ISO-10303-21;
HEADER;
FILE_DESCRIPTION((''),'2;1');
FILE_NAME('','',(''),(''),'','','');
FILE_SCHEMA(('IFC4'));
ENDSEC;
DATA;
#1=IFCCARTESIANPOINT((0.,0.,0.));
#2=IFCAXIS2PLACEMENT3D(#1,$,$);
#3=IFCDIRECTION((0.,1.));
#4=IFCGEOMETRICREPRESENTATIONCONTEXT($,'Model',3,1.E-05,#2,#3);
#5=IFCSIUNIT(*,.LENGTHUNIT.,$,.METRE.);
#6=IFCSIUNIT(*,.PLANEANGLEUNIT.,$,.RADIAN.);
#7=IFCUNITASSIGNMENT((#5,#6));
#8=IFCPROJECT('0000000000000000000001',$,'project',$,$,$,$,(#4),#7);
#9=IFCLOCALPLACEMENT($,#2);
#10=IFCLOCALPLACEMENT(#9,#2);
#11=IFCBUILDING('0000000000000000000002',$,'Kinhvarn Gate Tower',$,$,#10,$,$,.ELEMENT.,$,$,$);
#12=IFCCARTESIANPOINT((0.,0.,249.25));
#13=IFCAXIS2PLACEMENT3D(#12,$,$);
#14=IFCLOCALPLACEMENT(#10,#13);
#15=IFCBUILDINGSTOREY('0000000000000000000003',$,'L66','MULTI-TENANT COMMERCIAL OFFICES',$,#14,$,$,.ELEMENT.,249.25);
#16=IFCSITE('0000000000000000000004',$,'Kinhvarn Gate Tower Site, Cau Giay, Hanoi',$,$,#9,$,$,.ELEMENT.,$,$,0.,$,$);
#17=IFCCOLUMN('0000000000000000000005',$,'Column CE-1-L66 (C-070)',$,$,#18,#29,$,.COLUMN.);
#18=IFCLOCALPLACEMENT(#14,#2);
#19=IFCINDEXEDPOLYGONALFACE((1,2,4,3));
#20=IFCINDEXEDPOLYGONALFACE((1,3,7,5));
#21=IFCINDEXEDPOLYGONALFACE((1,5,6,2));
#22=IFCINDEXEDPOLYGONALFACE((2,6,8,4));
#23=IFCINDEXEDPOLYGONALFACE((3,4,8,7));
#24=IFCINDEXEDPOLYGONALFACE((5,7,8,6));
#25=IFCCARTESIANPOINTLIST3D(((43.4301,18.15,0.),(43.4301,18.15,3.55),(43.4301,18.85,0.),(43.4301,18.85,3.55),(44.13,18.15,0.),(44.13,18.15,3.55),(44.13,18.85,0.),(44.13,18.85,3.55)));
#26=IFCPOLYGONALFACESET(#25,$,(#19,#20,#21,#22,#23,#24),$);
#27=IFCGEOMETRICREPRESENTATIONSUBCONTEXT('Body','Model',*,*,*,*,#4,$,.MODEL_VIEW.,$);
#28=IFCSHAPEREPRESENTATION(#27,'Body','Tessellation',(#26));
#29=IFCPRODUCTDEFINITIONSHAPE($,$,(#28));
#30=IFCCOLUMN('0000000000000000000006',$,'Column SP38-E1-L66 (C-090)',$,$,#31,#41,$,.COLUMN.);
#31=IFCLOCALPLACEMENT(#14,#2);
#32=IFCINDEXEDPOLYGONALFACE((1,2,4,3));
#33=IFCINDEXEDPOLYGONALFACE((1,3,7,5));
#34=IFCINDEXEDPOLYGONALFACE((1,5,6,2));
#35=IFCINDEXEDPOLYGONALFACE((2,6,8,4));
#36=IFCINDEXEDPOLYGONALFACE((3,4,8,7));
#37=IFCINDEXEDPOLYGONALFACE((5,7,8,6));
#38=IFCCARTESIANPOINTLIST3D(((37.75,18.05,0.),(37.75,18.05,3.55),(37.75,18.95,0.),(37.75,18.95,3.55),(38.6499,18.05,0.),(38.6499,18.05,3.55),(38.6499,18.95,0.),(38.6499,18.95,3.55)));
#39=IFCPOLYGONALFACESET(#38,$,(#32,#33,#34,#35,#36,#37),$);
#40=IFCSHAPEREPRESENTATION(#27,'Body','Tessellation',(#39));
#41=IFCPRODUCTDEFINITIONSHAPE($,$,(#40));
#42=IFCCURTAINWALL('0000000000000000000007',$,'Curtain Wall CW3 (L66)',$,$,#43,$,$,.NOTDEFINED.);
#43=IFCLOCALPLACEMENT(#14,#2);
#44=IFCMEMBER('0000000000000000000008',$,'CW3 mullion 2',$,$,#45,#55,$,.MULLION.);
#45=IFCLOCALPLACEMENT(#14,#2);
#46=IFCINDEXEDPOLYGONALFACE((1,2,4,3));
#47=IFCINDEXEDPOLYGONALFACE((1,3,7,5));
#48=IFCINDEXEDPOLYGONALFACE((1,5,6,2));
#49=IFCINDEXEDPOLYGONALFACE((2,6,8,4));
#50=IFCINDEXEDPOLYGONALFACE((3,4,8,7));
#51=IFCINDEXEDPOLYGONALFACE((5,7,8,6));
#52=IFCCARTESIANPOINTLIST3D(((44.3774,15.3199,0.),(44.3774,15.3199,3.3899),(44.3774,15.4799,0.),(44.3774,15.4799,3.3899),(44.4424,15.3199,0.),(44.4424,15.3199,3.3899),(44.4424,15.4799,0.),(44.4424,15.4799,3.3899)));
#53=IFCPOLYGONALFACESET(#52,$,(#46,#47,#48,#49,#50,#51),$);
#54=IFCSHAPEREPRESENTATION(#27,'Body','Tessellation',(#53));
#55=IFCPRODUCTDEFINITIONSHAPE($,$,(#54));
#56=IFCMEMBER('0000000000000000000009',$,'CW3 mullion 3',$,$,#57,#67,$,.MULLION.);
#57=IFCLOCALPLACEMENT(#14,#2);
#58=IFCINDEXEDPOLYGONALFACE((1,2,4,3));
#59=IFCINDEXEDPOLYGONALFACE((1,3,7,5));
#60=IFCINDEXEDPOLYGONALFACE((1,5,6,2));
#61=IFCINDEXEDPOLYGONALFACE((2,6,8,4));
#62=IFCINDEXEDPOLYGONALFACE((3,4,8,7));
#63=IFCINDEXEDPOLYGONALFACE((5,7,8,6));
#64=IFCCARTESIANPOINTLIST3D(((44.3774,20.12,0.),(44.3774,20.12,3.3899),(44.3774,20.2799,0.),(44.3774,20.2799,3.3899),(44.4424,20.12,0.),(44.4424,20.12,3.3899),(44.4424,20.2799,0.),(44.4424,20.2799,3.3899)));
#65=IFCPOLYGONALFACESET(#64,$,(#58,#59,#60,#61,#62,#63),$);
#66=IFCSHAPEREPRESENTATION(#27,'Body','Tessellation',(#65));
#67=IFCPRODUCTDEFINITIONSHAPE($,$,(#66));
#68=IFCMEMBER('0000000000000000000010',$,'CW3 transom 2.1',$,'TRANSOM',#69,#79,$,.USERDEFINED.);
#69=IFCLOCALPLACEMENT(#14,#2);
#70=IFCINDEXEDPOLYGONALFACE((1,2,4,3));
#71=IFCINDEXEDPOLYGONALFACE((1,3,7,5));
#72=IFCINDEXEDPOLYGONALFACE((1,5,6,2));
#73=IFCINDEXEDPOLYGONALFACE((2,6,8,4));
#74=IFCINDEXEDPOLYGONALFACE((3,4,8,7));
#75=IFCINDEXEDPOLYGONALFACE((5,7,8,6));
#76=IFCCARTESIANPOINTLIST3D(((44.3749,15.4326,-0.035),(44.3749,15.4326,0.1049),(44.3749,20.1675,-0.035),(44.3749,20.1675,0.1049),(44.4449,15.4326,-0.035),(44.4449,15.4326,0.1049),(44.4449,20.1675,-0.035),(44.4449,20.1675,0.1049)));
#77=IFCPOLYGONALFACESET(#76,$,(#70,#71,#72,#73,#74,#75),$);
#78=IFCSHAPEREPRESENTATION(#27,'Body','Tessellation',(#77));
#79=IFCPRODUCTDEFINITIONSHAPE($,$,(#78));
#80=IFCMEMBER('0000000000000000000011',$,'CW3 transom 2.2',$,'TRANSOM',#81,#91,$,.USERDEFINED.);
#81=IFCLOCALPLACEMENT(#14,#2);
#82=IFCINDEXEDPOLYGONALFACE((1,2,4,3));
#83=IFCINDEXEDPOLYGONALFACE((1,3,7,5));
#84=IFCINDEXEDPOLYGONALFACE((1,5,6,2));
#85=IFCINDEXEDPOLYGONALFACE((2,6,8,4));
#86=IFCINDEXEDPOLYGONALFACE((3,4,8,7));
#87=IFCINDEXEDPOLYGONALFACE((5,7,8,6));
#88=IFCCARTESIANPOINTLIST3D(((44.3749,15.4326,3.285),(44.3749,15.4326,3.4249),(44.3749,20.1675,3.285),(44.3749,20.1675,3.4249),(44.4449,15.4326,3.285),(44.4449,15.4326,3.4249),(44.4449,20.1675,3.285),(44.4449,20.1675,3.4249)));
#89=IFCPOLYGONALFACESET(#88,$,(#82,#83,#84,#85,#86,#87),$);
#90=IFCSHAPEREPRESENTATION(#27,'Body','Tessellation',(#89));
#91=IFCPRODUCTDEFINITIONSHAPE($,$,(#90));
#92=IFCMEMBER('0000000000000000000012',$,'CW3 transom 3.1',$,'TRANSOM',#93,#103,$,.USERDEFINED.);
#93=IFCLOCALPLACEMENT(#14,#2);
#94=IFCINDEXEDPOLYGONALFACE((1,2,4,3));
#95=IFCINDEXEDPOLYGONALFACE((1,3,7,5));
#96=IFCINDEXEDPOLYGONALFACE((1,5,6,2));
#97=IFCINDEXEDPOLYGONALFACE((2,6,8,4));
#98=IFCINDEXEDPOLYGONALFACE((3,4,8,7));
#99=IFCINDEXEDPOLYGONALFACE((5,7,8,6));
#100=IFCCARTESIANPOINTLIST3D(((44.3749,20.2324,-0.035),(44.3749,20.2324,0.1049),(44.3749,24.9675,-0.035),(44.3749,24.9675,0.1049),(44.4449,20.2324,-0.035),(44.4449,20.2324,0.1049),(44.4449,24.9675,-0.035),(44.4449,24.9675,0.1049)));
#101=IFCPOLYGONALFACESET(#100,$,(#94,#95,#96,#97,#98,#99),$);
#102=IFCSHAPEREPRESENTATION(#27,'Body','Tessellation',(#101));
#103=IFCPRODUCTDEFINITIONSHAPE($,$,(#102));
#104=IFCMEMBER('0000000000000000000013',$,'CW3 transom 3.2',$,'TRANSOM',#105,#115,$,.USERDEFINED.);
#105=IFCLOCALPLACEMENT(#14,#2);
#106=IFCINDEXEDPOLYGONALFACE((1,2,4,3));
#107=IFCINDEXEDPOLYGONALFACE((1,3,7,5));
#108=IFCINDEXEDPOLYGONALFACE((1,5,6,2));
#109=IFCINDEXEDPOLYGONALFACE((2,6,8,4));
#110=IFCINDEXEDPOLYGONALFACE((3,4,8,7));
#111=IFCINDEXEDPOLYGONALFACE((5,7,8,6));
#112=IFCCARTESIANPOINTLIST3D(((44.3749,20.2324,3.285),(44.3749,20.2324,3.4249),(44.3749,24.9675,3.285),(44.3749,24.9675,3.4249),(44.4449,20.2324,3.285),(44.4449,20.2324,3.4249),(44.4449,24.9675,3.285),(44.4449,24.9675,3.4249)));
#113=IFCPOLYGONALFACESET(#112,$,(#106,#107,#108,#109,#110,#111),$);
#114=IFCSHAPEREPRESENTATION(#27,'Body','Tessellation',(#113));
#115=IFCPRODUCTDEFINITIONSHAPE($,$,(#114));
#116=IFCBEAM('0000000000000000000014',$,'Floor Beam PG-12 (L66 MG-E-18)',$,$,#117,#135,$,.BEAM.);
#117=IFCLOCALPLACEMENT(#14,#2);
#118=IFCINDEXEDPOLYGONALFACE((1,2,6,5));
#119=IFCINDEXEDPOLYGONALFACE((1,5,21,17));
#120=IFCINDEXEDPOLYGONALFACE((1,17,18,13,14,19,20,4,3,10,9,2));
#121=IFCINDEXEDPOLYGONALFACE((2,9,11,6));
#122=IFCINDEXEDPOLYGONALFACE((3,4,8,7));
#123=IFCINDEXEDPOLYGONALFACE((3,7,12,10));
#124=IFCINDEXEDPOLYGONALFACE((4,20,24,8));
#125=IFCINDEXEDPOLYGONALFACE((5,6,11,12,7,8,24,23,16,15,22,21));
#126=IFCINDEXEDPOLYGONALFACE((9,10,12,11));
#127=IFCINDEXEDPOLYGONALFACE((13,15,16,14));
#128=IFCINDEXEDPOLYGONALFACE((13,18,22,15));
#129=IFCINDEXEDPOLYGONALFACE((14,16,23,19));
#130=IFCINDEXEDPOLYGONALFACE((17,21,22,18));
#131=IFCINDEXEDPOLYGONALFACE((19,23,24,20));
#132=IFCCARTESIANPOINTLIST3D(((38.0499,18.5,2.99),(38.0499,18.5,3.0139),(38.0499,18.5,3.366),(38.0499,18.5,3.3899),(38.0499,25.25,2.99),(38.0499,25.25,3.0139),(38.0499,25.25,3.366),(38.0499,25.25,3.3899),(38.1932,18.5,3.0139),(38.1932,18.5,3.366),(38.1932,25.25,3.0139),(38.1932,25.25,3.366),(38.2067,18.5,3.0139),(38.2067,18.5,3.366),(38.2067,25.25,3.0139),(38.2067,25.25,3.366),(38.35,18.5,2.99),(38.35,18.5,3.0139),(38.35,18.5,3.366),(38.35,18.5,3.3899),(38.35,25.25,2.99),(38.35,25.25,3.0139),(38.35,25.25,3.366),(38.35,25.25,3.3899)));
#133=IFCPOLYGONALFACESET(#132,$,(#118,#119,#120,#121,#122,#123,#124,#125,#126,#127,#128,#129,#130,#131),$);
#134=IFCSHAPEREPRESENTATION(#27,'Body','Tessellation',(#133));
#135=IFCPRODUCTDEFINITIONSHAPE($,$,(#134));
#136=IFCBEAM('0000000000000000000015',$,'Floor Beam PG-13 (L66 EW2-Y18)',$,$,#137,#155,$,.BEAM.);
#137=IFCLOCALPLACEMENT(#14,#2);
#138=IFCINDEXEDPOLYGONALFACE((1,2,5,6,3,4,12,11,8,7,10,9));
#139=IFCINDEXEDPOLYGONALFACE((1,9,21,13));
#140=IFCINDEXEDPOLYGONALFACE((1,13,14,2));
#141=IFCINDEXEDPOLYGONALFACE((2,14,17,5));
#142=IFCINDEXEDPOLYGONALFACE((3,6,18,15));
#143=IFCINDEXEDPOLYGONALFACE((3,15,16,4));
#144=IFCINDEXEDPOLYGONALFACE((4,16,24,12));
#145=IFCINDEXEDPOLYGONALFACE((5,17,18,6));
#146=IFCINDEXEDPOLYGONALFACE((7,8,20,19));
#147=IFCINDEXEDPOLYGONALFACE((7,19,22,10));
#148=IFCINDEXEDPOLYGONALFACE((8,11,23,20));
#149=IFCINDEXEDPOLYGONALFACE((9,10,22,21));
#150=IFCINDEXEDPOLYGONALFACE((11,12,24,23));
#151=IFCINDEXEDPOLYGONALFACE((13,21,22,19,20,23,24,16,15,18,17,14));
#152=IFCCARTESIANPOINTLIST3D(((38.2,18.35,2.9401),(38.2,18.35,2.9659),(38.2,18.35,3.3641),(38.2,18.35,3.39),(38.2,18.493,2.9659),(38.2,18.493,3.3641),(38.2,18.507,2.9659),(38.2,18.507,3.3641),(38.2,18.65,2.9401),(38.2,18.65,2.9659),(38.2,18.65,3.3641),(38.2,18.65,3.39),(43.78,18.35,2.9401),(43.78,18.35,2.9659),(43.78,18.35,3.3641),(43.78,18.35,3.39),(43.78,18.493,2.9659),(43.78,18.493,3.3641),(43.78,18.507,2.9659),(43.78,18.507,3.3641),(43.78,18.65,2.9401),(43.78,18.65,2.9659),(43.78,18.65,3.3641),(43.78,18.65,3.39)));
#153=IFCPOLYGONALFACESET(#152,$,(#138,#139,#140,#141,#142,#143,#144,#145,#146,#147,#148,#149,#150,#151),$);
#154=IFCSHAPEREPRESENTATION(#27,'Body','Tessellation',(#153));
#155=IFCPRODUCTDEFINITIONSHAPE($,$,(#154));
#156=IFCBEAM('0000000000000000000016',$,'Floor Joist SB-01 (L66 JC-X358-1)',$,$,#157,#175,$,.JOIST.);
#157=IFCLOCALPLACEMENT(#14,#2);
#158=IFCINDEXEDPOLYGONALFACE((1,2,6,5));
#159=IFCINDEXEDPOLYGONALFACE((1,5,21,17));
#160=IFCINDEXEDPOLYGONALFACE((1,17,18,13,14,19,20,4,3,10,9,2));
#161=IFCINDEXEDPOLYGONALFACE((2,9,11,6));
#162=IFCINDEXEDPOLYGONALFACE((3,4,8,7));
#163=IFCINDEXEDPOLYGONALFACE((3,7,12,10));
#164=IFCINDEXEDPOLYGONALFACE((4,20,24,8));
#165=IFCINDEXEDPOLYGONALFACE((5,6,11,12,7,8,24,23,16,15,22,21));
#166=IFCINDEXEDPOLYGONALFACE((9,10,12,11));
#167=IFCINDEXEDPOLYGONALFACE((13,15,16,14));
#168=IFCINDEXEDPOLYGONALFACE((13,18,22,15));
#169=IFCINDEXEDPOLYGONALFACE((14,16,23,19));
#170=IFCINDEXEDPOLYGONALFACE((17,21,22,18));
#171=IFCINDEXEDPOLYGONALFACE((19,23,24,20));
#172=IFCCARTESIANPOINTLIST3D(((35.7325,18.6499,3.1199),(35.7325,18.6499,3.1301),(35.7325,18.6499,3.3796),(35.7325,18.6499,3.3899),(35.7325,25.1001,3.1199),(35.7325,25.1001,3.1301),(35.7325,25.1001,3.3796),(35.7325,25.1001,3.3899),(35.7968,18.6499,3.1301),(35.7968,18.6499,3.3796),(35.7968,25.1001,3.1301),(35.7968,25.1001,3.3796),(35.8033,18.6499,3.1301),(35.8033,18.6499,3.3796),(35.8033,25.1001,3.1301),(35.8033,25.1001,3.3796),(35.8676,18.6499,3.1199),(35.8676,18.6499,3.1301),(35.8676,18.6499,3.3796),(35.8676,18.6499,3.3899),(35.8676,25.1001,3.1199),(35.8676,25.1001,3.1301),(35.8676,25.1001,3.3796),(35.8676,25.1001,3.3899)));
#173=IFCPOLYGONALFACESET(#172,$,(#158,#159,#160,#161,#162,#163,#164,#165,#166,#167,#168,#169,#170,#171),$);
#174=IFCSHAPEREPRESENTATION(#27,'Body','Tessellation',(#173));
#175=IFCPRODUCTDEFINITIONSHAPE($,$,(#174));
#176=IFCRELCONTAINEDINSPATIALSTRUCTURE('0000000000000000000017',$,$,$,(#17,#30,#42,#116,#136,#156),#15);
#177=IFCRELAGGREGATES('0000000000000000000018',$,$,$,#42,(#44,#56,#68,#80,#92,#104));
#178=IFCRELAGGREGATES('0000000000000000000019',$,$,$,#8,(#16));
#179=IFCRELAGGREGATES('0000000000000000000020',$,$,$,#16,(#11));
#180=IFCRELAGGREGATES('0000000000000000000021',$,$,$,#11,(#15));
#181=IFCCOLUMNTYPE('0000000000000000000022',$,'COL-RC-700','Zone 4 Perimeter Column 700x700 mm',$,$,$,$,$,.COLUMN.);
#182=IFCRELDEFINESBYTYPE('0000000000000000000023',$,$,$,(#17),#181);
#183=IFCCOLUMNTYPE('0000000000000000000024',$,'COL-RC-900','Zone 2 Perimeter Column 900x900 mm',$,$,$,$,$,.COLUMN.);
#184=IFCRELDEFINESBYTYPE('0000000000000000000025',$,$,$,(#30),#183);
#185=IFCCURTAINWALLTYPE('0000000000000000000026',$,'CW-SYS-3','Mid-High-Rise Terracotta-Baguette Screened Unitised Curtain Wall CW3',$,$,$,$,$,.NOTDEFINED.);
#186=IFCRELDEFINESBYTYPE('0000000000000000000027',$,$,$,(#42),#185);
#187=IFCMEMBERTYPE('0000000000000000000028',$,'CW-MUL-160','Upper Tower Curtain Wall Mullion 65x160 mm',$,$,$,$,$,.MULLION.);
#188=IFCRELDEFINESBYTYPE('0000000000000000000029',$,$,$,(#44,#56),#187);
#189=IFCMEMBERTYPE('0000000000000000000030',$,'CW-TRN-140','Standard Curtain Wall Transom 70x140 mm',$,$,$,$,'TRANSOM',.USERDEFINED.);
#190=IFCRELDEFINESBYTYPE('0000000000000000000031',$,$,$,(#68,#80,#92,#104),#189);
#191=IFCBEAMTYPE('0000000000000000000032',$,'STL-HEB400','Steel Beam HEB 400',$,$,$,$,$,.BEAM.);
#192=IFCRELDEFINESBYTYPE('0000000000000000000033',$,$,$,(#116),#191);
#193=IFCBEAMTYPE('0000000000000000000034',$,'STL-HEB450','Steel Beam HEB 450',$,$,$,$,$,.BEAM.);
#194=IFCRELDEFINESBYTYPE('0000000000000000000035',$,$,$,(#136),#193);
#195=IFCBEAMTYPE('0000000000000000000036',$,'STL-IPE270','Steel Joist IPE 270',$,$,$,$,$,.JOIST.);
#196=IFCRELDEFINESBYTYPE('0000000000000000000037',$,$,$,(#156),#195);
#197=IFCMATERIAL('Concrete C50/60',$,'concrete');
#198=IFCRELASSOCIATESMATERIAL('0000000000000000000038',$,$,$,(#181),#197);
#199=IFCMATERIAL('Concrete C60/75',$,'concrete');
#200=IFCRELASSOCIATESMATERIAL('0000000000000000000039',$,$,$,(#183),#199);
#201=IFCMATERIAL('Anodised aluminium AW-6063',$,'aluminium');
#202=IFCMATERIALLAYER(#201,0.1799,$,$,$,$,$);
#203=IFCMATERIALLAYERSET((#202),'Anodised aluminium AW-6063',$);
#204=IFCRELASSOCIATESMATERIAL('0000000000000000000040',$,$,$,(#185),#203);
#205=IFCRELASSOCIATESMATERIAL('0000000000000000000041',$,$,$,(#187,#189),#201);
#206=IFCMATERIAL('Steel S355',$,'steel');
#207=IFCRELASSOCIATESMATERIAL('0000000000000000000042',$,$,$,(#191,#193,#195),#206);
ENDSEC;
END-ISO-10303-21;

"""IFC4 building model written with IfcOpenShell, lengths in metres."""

from ifc_helpers import new_model, si_unit, direction, frame, origin, origin_2d, place, context, subcontext, project, spatial, rectangle, i_section, extrude, material, layer, layer_set, material_profile, profile_set, type_object, element, aggregate, save


model = new_model("IFC4")

# Units and contexts
model_context = context("Model", 3, precision=1e-05, world=origin(), true_north=direction((0.0, 1.0)))
body_context = subcontext(model_context, "Body", "Model", "MODEL_VIEW")
ifc_project = project(units=[si_unit("LENGTHUNIT", "METRE"), si_unit("PLANEANGLEUNIT", "RADIAN")], contexts=[model_context])

# Site, building, storey
site_placement = place(None, origin())
site = spatial("IfcSite", under=ifc_project, at=site_placement, Name="Kinhvarn Gate Tower Site, Cau Giay, Hanoi", CompositionType="ELEMENT", RefElevation=0.0)
building_placement = place(site_placement, origin())
building = spatial("IfcBuilding", under=site, at=building_placement, Name="Kinhvarn Gate Tower", CompositionType="ELEMENT")
storey_placement = place(building_placement, frame((0.0, 0.0, 249.25)))
storey = spatial("IfcBuildingStorey", under=building, at=storey_placement, Name="L66", Description="MULTI-TENANT COMMERCIAL OFFICES", CompositionType="ELEMENT", Elevation=249.25)

# Columns
ifc_material_1 = material(Name="Concrete C50/60", Category="concrete")
ifc_material_profile_1 = material_profile(ifc_material_1, rectangle(XDim=0.7, YDim=0.7, at=origin_2d()), Name="RC 700x700")
ifc_profile_set_1 = profile_set([ifc_material_profile_1], Name="Concrete C50/60")
column_type_1 = type_object("IfcColumnType", Name="COL-RC-700", Description="Zone 4 Perimeter Column 700x700 mm", PredefinedType="COLUMN", material=ifc_profile_set_1)
column_1_placement = place(storey_placement, frame((43.78, 18.5, 0.0), z_axis=(0.0, 0.0, 1.0), x_axis=(1.0, 0.0, 0.0)))
element("IfcColumn", 1, at=column_1_placement, inside=storey, type_object=column_type_1, Name="Column CE-1-L66 (C-070)", PredefinedType="COLUMN", context=body_context, shape_type="SweptSolid", body=[
    extrude(rectangle(XDim=0.7, YDim=0.7, at=origin_2d()), origin(), (0.0, 0.0, 1.0), 3.55),
])
ifc_material_2 = material(Name="Concrete C60/75", Category="concrete")
ifc_material_profile_2 = material_profile(ifc_material_2, rectangle(XDim=0.8999, YDim=0.8999, at=origin_2d()), Name="RC 900x900")
ifc_profile_set_2 = profile_set([ifc_material_profile_2], Name="Concrete C60/75")
column_type_2 = type_object("IfcColumnType", Name="COL-RC-900", Description="Zone 2 Perimeter Column 900x900 mm", PredefinedType="COLUMN", material=ifc_profile_set_2)
column_2_placement = place(storey_placement, frame((38.2, 18.5, 0.0), z_axis=(0.0, 0.0, 1.0), x_axis=(1.0, 0.0, 0.0)))
element("IfcColumn", 2, at=column_2_placement, inside=storey, type_object=column_type_2, Name="Column SP38-E1-L66 (C-090)", PredefinedType="COLUMN", context=body_context, shape_type="SweptSolid", body=[
    extrude(rectangle(XDim=0.8999, YDim=0.8999, at=origin_2d()), origin(), (0.0, 0.0, 1.0), 3.55),
])

# Curtain wall, members
ifc_material_3 = material(Name="Anodised aluminium AW-6063", Category="aluminium")
ifc_layer_1 = layer(ifc_material_3, 0.1799)
ifc_layer_set_1 = layer_set([ifc_layer_1], Name="Anodised aluminium AW-6063")
curtain_wall_type = type_object("IfcCurtainWallType", Name="CW-SYS-3", Description="Mid-High-Rise Terracotta-Baguette Screened Unitised Curtain Wall CW3", PredefinedType="NOTDEFINED", material=ifc_layer_set_1)
curtain_wall_placement = place(storey_placement, origin())
curtain_wall = element("IfcCurtainWall", 3, at=curtain_wall_placement, inside=storey, type_object=curtain_wall_type, Name="Curtain Wall CW3 (L66)", PredefinedType="NOTDEFINED")
ifc_material_profile_3 = material_profile(ifc_material_3, rectangle(XDim=0.0649, YDim=0.1599, at=origin_2d()), Name="ALU 65x160")
ifc_profile_set_3 = profile_set([ifc_material_profile_3], Name="Anodised aluminium AW-6063")
member_type_1 = type_object("IfcMemberType", Name="CW-MUL-160", Description="Upper Tower Curtain Wall Mullion 65x160 mm", PredefinedType="MULLION", material=ifc_profile_set_3)
member_1_placement = place(storey_placement, frame((44.4099, 15.3999, 0.0), z_axis=(0.0, 0.0, 1.0), x_axis=(-1.0, 0.0, 0.0)))
member_1 = element("IfcMember", 4, at=member_1_placement, type_object=member_type_1, Name="CW3 mullion 2", PredefinedType="MULLION", context=body_context, shape_type="SweptSolid", body=[
    extrude(rectangle(XDim=0.0649, YDim=0.1599, at=origin_2d()), origin(), (0.0, 0.0, 1.0), 3.3899),
])
member_2_placement = place(storey_placement, frame((44.4099, 20.2, 0.0), z_axis=(0.0, 0.0, 1.0), x_axis=(-1.0, 0.0, 0.0)))
member_2 = element("IfcMember", 5, at=member_2_placement, type_object=member_type_1, Name="CW3 mullion 3", PredefinedType="MULLION", context=body_context, shape_type="SweptSolid", body=[
    extrude(rectangle(XDim=0.0649, YDim=0.1599, at=origin_2d()), origin(), (0.0, 0.0, 1.0), 3.3899),
])
ifc_material_profile_4 = material_profile(ifc_material_3, rectangle(XDim=0.0701, YDim=0.1399, at=origin_2d()), Name="ALU 70x140")
ifc_profile_set_4 = profile_set([ifc_material_profile_4], Name="Anodised aluminium AW-6063")
member_type_2 = type_object("IfcMemberType", Name="CW-TRN-140", Description="Standard Curtain Wall Transom 70x140 mm", ElementType="TRANSOM", PredefinedType="USERDEFINED", material=ifc_profile_set_4)
member_3_placement = place(storey_placement, frame((44.4099, 15.4326, 0.0349), z_axis=(0.0, 1.0, 0.0), x_axis=(-1.0, 0.0, 0.0)))
member_3 = element("IfcMember", 6, at=member_3_placement, type_object=member_type_2, Name="CW3 transom 2.1", ObjectType="TRANSOM", PredefinedType="USERDEFINED", context=body_context, shape_type="SweptSolid", body=[
    extrude(rectangle(XDim=0.0701, YDim=0.1399, at=origin_2d()), origin(), (0.0, 0.0, 1.0), 4.7349),
])
member_4_placement = place(storey_placement, frame((44.4099, 15.4326, 3.355), z_axis=(0.0, 1.0, 0.0), x_axis=(-1.0, 0.0, 0.0)))
member_4 = element("IfcMember", 7, at=member_4_placement, type_object=member_type_2, Name="CW3 transom 2.2", ObjectType="TRANSOM", PredefinedType="USERDEFINED", context=body_context, shape_type="SweptSolid", body=[
    extrude(rectangle(XDim=0.0701, YDim=0.1399, at=origin_2d()), origin(), (0.0, 0.0, 1.0), 4.7349),
])
member_5_placement = place(storey_placement, frame((44.4099, 20.2324, 0.0349), z_axis=(0.0, 1.0, 0.0), x_axis=(-1.0, 0.0, 0.0)))
member_5 = element("IfcMember", 8, at=member_5_placement, type_object=member_type_2, Name="CW3 transom 3.1", ObjectType="TRANSOM", PredefinedType="USERDEFINED", context=body_context, shape_type="SweptSolid", body=[
    extrude(rectangle(XDim=0.0701, YDim=0.1399, at=origin_2d()), origin(), (0.0, 0.0, 1.0), 4.7351),
])
member_6_placement = place(storey_placement, frame((44.4099, 20.2324, 3.355), z_axis=(0.0, 1.0, 0.0), x_axis=(-1.0, 0.0, 0.0)))
member_6 = element("IfcMember", 9, at=member_6_placement, type_object=member_type_2, Name="CW3 transom 3.2", ObjectType="TRANSOM", PredefinedType="USERDEFINED", context=body_context, shape_type="SweptSolid", body=[
    extrude(rectangle(XDim=0.0701, YDim=0.1399, at=origin_2d()), origin(), (0.0, 0.0, 1.0), 4.7351),
])

# Beams
ifc_material_4 = material(Name="Steel S355", Category="steel")
ifc_material_profile_5 = material_profile(ifc_material_4, i_section(OverallWidth=0.3, OverallDepth=0.3999, WebThickness=0.0134, FlangeThickness=0.0239, at=origin_2d()), Name="HEB 400")
ifc_profile_set_5 = profile_set([ifc_material_profile_5], Name="Steel S355")
beam_type_1 = type_object("IfcBeamType", Name="STL-HEB400", Description="Steel Beam HEB 400", PredefinedType="BEAM", material=ifc_profile_set_5)
beam_1_placement = place(storey_placement, frame((38.2, 18.5, 3.1899), z_axis=(0.0, 1.0, 0.0), x_axis=(-1.0, 0.0, 0.0)))
element("IfcBeam", 10, at=beam_1_placement, inside=storey, type_object=beam_type_1, Name="Floor Beam PG-12 (L66 MG-E-18)", PredefinedType="BEAM", context=body_context, shape_type="SweptSolid", body=[
    extrude(i_section(OverallWidth=0.3, OverallDepth=0.3999, WebThickness=0.0134, FlangeThickness=0.0239, at=origin_2d()), origin(), (0.0, 0.0, 1.0), 6.75),
])
ifc_material_profile_6 = material_profile(ifc_material_4, i_section(OverallWidth=0.3, OverallDepth=0.45, WebThickness=0.0139, FlangeThickness=0.0259, at=origin_2d()), Name="HEB 450")
ifc_profile_set_6 = profile_set([ifc_material_profile_6], Name="Steel S355")
beam_type_2 = type_object("IfcBeamType", Name="STL-HEB450", Description="Steel Beam HEB 450", PredefinedType="BEAM", material=ifc_profile_set_6)
beam_2_placement = place(storey_placement, frame((38.2, 18.5, 3.165), z_axis=(1.0, 0.0, 0.0), x_axis=(0.0, 1.0, 0.0)))
element("IfcBeam", 11, at=beam_2_placement, inside=storey, type_object=beam_type_2, Name="Floor Beam PG-13 (L66 EW2-Y18)", PredefinedType="BEAM", context=body_context, shape_type="SweptSolid", body=[
    extrude(i_section(OverallWidth=0.3, OverallDepth=0.45, WebThickness=0.0139, FlangeThickness=0.0259, at=origin_2d()), origin(), (0.0, 0.0, 1.0), 5.5801),
])
ifc_material_profile_7 = material_profile(ifc_material_4, i_section(OverallWidth=0.135, OverallDepth=0.27, WebThickness=0.0066, FlangeThickness=0.0103, at=origin_2d()), Name="IPE 270")
ifc_profile_set_7 = profile_set([ifc_material_profile_7], Name="Steel S355")
beam_type_3 = type_object("IfcBeamType", Name="STL-IPE270", Description="Steel Joist IPE 270", PredefinedType="JOIST", material=ifc_profile_set_7)
for number, where, z_axis, x_axis, name in (
    (12, (35.8, 18.6499, 3.2549), (0.0, 1.0, 0.0), (-1.0, 0.0, 0.0), "Floor Joist SB-01 (L66 JC-X358-1)"),
):
    element("IfcBeam", number, at=place(storey_placement, frame(where, z_axis=z_axis, x_axis=x_axis)), inside=storey, type_object=beam_type_3, Name=name, PredefinedType="JOIST", context=body_context, shape_type="SweptSolid", body=[
        extrude(i_section(OverallWidth=0.135, OverallDepth=0.27, WebThickness=0.0066, FlangeThickness=0.0103, at=origin_2d()), origin(), (0.0, 0.0, 1.0), 6.4502),
    ])

aggregate(curtain_wall, [member_1, member_2, member_3, member_4, member_5, member_6])

save(model, "model.ifc")
